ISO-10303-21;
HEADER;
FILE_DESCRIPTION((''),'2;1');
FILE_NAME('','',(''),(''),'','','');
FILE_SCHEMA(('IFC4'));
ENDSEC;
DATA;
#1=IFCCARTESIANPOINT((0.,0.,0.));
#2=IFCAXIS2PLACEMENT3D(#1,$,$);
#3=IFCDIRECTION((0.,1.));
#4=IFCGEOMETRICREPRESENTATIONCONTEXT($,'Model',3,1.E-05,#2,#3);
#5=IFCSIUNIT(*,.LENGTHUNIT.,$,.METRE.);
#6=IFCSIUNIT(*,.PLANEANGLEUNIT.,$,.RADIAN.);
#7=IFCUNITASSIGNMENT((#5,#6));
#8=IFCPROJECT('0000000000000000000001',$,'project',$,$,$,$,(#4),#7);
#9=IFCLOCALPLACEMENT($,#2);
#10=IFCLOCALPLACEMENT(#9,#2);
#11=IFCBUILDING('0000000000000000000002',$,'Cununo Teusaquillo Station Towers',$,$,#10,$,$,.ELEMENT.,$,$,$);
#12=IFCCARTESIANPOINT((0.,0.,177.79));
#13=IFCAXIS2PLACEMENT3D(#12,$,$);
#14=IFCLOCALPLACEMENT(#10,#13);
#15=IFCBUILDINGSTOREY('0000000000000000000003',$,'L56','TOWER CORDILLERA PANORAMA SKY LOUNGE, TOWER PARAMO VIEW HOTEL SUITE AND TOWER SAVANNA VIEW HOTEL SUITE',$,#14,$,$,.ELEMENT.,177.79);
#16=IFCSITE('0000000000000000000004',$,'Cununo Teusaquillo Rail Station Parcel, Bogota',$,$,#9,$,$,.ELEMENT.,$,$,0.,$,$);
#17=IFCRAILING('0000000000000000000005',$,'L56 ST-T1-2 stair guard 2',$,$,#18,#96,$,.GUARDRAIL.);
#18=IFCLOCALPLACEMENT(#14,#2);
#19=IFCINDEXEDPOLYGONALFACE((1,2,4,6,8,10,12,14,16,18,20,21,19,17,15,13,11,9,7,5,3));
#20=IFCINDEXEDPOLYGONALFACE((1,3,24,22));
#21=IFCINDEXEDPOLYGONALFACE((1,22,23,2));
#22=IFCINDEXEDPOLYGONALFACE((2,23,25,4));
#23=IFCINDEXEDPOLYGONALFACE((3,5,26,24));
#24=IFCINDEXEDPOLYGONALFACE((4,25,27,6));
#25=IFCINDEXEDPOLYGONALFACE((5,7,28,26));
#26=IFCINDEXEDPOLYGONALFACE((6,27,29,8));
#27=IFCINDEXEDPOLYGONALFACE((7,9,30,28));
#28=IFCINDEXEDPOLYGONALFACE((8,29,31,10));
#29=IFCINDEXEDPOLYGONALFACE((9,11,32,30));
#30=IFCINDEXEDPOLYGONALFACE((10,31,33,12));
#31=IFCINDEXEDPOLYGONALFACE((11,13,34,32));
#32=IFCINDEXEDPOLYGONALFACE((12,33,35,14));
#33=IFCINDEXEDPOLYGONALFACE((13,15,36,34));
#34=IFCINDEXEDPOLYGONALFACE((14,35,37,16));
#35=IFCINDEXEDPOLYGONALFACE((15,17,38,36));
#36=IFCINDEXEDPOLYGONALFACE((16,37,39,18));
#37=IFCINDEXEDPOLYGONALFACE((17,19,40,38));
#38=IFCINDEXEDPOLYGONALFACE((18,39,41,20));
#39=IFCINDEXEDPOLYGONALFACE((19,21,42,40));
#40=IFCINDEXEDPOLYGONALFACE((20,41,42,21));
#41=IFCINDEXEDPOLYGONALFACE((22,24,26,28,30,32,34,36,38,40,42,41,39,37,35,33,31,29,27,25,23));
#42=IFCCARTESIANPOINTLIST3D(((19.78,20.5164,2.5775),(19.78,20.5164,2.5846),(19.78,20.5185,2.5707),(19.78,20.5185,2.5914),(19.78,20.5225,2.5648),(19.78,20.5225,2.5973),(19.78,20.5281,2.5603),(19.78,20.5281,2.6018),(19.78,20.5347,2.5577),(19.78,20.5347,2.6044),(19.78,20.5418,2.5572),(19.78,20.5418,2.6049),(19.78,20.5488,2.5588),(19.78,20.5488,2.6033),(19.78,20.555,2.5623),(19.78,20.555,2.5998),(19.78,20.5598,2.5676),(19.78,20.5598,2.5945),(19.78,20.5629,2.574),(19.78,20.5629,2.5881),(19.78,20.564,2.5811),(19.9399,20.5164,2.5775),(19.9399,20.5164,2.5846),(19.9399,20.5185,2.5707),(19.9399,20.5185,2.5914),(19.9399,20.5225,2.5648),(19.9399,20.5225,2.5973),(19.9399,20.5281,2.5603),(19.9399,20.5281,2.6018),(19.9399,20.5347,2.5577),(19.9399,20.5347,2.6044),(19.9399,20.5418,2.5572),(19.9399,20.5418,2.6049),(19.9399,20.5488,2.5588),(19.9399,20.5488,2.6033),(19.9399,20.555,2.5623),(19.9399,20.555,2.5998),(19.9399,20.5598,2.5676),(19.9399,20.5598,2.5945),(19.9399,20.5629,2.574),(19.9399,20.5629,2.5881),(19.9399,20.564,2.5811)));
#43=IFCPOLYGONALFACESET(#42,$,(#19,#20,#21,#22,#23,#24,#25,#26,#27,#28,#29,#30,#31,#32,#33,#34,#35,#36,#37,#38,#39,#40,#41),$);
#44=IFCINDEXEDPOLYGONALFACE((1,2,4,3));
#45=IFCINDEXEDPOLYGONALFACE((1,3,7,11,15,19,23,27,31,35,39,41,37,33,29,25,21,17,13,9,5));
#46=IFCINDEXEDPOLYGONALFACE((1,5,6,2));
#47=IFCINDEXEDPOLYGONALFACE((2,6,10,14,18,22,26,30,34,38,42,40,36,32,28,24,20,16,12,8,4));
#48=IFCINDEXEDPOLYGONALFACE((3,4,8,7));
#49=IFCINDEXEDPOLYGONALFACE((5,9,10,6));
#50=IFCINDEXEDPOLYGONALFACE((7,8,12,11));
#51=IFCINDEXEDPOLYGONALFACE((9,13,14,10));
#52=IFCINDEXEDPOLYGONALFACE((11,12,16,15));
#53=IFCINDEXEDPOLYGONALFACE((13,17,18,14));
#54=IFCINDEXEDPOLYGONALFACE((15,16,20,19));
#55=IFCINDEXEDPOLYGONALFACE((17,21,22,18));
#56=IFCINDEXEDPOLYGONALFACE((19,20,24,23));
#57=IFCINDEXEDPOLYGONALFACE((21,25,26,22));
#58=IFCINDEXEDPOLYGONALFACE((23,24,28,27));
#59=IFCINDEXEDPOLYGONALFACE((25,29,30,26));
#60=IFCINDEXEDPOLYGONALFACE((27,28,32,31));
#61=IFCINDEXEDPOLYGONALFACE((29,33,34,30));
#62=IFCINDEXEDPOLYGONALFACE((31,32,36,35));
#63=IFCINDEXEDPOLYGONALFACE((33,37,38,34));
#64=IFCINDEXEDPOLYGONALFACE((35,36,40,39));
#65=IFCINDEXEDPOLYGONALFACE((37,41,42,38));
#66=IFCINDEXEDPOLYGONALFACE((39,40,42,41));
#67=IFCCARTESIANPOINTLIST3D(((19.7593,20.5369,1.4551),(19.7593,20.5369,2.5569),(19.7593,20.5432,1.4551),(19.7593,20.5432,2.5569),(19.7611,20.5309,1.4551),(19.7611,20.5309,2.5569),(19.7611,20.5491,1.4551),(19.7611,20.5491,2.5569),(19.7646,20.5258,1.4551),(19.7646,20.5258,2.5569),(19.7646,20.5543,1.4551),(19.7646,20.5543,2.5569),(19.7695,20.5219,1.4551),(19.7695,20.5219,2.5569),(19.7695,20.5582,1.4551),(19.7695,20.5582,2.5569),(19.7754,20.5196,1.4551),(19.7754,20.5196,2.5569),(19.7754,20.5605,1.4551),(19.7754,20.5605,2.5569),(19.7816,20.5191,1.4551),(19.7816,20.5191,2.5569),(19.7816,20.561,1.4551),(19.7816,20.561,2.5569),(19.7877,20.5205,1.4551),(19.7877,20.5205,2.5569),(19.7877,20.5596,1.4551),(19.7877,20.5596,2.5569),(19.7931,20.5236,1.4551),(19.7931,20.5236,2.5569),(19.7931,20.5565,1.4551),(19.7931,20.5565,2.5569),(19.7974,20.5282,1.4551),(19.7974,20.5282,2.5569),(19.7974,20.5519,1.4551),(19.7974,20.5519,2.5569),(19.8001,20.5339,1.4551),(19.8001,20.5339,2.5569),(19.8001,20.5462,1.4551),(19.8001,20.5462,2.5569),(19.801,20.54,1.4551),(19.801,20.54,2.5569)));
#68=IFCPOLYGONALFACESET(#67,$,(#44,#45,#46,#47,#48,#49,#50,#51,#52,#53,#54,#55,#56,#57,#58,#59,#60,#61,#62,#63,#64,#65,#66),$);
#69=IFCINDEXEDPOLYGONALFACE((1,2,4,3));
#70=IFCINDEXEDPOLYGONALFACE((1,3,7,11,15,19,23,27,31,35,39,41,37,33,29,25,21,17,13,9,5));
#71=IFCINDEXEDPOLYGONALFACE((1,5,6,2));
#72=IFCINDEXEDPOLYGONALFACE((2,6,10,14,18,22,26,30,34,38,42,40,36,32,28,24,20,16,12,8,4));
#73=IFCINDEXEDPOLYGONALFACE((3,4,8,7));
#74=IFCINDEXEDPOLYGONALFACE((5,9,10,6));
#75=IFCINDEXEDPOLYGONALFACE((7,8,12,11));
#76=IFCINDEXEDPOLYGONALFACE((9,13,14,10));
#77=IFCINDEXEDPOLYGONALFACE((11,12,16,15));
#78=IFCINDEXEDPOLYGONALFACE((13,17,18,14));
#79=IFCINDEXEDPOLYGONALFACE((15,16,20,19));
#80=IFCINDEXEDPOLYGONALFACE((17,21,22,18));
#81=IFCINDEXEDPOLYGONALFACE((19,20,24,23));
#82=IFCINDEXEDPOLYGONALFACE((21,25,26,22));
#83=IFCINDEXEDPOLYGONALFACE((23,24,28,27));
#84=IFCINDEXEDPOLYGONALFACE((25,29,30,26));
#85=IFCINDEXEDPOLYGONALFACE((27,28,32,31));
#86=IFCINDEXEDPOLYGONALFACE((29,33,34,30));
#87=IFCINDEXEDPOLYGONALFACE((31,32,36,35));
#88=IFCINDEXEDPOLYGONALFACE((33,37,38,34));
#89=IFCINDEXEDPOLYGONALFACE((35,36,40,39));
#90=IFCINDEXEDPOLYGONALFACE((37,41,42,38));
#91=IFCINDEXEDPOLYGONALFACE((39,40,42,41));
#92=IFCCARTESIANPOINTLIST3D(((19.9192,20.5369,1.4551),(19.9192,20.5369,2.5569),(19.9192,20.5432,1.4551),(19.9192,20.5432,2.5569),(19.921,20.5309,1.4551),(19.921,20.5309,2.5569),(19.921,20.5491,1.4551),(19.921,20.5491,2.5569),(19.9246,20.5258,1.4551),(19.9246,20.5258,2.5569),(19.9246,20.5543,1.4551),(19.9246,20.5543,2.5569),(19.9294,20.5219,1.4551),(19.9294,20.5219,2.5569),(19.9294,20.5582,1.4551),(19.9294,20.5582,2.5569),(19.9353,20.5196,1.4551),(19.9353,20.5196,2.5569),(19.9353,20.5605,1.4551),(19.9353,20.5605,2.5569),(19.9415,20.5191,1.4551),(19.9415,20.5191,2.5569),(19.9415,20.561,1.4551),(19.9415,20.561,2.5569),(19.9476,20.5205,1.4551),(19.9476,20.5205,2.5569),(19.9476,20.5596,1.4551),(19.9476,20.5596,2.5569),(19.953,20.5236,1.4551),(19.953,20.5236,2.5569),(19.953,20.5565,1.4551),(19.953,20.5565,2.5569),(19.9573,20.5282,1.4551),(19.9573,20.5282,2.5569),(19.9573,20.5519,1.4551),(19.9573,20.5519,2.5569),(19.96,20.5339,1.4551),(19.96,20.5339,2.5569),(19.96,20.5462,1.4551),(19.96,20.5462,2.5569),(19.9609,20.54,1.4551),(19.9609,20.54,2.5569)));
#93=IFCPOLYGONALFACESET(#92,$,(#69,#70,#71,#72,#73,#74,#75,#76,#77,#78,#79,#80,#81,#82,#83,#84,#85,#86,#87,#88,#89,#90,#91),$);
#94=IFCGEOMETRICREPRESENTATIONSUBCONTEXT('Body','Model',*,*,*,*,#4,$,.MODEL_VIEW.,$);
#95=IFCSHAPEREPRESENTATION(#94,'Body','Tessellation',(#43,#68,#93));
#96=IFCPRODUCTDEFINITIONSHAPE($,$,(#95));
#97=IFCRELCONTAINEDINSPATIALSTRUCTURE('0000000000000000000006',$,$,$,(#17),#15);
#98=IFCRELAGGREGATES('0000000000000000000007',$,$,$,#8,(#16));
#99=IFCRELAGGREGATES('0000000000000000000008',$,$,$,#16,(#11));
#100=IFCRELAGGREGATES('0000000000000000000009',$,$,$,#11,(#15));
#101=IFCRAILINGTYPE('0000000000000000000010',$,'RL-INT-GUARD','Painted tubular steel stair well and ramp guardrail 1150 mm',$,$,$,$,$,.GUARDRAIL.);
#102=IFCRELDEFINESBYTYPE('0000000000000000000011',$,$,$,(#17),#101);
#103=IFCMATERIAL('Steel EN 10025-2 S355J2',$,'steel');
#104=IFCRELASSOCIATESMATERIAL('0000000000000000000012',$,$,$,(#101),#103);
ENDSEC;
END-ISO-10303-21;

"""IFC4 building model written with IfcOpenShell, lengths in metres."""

from ifc_helpers import new_model, si_unit, direction, frame, origin, origin_2d, place, context, subcontext, project, spatial, circle, extrude, material, type_object, element, save


model = new_model("IFC4")

# Units and contexts
model_context = context("Model", 3, precision=1e-05, world=origin(), true_north=direction((0.0, 1.0)))
body_context = subcontext(model_context, "Body", "Model", "MODEL_VIEW")
ifc_project = project(units=[si_unit("LENGTHUNIT", "METRE"), si_unit("PLANEANGLEUNIT", "RADIAN")], contexts=[model_context])

# Site, building, storey
site_placement = place(None, origin())
site = spatial("IfcSite", under=ifc_project, at=site_placement, Name="Cununo Teusaquillo Rail Station Parcel, Bogota", CompositionType="ELEMENT", RefElevation=0.0)
building_placement = place(site_placement, origin())
building = spatial("IfcBuilding", under=site, at=building_placement, Name="Cununo Teusaquillo Station Towers", CompositionType="ELEMENT")
storey_placement = place(building_placement, frame((0.0, 0.0, 177.79)))
storey = spatial("IfcBuildingStorey", under=building, at=storey_placement, Name="L56", Description="TOWER CORDILLERA PANORAMA SKY LOUNGE, TOWER PARAMO VIEW HOTEL SUITE AND TOWER SAVANNA VIEW HOTEL SUITE", CompositionType="ELEMENT", Elevation=177.79)

# Railing
ifc_material_1 = material(Name="Steel EN 10025-2 S355J2", Category="steel")
railing_type_1 = type_object("IfcRailingType", Name="RL-INT-GUARD", Description="Painted tubular steel stair well and ramp guardrail 1150 mm", PredefinedType="GUARDRAIL", material=ifc_material_1)
railing_1_placement = place(storey_placement, frame((19.78, 20.54, 1.4551)))
element("IfcRailing", 1, at=railing_1_placement, inside=storey, type_object=railing_type_1, Name="L56 ST-T1-2 stair guard 2", PredefinedType="GUARDRAIL", context=body_context, shape_type="SweptSolid", body=[
    extrude(circle(Radius=0.0239, at=origin_2d()), frame((0.0, 0.0, 1.126), z_axis=(1.0, 0.0, 0.0), x_axis=(0.0, 1.0, 0.0)), (0.0, 0.0, 1.0), 0.1599),
    extrude(circle(Radius=0.021, at=origin_2d()), origin(), (0.0, 0.0, 1.0), 1.1018),
    extrude(circle(Radius=0.021, at=origin_2d()), frame((0.1599, 0.0, 0.0)), (0.0, 0.0, 1.0), 1.1018),
])

save(model, "model.ifc")
